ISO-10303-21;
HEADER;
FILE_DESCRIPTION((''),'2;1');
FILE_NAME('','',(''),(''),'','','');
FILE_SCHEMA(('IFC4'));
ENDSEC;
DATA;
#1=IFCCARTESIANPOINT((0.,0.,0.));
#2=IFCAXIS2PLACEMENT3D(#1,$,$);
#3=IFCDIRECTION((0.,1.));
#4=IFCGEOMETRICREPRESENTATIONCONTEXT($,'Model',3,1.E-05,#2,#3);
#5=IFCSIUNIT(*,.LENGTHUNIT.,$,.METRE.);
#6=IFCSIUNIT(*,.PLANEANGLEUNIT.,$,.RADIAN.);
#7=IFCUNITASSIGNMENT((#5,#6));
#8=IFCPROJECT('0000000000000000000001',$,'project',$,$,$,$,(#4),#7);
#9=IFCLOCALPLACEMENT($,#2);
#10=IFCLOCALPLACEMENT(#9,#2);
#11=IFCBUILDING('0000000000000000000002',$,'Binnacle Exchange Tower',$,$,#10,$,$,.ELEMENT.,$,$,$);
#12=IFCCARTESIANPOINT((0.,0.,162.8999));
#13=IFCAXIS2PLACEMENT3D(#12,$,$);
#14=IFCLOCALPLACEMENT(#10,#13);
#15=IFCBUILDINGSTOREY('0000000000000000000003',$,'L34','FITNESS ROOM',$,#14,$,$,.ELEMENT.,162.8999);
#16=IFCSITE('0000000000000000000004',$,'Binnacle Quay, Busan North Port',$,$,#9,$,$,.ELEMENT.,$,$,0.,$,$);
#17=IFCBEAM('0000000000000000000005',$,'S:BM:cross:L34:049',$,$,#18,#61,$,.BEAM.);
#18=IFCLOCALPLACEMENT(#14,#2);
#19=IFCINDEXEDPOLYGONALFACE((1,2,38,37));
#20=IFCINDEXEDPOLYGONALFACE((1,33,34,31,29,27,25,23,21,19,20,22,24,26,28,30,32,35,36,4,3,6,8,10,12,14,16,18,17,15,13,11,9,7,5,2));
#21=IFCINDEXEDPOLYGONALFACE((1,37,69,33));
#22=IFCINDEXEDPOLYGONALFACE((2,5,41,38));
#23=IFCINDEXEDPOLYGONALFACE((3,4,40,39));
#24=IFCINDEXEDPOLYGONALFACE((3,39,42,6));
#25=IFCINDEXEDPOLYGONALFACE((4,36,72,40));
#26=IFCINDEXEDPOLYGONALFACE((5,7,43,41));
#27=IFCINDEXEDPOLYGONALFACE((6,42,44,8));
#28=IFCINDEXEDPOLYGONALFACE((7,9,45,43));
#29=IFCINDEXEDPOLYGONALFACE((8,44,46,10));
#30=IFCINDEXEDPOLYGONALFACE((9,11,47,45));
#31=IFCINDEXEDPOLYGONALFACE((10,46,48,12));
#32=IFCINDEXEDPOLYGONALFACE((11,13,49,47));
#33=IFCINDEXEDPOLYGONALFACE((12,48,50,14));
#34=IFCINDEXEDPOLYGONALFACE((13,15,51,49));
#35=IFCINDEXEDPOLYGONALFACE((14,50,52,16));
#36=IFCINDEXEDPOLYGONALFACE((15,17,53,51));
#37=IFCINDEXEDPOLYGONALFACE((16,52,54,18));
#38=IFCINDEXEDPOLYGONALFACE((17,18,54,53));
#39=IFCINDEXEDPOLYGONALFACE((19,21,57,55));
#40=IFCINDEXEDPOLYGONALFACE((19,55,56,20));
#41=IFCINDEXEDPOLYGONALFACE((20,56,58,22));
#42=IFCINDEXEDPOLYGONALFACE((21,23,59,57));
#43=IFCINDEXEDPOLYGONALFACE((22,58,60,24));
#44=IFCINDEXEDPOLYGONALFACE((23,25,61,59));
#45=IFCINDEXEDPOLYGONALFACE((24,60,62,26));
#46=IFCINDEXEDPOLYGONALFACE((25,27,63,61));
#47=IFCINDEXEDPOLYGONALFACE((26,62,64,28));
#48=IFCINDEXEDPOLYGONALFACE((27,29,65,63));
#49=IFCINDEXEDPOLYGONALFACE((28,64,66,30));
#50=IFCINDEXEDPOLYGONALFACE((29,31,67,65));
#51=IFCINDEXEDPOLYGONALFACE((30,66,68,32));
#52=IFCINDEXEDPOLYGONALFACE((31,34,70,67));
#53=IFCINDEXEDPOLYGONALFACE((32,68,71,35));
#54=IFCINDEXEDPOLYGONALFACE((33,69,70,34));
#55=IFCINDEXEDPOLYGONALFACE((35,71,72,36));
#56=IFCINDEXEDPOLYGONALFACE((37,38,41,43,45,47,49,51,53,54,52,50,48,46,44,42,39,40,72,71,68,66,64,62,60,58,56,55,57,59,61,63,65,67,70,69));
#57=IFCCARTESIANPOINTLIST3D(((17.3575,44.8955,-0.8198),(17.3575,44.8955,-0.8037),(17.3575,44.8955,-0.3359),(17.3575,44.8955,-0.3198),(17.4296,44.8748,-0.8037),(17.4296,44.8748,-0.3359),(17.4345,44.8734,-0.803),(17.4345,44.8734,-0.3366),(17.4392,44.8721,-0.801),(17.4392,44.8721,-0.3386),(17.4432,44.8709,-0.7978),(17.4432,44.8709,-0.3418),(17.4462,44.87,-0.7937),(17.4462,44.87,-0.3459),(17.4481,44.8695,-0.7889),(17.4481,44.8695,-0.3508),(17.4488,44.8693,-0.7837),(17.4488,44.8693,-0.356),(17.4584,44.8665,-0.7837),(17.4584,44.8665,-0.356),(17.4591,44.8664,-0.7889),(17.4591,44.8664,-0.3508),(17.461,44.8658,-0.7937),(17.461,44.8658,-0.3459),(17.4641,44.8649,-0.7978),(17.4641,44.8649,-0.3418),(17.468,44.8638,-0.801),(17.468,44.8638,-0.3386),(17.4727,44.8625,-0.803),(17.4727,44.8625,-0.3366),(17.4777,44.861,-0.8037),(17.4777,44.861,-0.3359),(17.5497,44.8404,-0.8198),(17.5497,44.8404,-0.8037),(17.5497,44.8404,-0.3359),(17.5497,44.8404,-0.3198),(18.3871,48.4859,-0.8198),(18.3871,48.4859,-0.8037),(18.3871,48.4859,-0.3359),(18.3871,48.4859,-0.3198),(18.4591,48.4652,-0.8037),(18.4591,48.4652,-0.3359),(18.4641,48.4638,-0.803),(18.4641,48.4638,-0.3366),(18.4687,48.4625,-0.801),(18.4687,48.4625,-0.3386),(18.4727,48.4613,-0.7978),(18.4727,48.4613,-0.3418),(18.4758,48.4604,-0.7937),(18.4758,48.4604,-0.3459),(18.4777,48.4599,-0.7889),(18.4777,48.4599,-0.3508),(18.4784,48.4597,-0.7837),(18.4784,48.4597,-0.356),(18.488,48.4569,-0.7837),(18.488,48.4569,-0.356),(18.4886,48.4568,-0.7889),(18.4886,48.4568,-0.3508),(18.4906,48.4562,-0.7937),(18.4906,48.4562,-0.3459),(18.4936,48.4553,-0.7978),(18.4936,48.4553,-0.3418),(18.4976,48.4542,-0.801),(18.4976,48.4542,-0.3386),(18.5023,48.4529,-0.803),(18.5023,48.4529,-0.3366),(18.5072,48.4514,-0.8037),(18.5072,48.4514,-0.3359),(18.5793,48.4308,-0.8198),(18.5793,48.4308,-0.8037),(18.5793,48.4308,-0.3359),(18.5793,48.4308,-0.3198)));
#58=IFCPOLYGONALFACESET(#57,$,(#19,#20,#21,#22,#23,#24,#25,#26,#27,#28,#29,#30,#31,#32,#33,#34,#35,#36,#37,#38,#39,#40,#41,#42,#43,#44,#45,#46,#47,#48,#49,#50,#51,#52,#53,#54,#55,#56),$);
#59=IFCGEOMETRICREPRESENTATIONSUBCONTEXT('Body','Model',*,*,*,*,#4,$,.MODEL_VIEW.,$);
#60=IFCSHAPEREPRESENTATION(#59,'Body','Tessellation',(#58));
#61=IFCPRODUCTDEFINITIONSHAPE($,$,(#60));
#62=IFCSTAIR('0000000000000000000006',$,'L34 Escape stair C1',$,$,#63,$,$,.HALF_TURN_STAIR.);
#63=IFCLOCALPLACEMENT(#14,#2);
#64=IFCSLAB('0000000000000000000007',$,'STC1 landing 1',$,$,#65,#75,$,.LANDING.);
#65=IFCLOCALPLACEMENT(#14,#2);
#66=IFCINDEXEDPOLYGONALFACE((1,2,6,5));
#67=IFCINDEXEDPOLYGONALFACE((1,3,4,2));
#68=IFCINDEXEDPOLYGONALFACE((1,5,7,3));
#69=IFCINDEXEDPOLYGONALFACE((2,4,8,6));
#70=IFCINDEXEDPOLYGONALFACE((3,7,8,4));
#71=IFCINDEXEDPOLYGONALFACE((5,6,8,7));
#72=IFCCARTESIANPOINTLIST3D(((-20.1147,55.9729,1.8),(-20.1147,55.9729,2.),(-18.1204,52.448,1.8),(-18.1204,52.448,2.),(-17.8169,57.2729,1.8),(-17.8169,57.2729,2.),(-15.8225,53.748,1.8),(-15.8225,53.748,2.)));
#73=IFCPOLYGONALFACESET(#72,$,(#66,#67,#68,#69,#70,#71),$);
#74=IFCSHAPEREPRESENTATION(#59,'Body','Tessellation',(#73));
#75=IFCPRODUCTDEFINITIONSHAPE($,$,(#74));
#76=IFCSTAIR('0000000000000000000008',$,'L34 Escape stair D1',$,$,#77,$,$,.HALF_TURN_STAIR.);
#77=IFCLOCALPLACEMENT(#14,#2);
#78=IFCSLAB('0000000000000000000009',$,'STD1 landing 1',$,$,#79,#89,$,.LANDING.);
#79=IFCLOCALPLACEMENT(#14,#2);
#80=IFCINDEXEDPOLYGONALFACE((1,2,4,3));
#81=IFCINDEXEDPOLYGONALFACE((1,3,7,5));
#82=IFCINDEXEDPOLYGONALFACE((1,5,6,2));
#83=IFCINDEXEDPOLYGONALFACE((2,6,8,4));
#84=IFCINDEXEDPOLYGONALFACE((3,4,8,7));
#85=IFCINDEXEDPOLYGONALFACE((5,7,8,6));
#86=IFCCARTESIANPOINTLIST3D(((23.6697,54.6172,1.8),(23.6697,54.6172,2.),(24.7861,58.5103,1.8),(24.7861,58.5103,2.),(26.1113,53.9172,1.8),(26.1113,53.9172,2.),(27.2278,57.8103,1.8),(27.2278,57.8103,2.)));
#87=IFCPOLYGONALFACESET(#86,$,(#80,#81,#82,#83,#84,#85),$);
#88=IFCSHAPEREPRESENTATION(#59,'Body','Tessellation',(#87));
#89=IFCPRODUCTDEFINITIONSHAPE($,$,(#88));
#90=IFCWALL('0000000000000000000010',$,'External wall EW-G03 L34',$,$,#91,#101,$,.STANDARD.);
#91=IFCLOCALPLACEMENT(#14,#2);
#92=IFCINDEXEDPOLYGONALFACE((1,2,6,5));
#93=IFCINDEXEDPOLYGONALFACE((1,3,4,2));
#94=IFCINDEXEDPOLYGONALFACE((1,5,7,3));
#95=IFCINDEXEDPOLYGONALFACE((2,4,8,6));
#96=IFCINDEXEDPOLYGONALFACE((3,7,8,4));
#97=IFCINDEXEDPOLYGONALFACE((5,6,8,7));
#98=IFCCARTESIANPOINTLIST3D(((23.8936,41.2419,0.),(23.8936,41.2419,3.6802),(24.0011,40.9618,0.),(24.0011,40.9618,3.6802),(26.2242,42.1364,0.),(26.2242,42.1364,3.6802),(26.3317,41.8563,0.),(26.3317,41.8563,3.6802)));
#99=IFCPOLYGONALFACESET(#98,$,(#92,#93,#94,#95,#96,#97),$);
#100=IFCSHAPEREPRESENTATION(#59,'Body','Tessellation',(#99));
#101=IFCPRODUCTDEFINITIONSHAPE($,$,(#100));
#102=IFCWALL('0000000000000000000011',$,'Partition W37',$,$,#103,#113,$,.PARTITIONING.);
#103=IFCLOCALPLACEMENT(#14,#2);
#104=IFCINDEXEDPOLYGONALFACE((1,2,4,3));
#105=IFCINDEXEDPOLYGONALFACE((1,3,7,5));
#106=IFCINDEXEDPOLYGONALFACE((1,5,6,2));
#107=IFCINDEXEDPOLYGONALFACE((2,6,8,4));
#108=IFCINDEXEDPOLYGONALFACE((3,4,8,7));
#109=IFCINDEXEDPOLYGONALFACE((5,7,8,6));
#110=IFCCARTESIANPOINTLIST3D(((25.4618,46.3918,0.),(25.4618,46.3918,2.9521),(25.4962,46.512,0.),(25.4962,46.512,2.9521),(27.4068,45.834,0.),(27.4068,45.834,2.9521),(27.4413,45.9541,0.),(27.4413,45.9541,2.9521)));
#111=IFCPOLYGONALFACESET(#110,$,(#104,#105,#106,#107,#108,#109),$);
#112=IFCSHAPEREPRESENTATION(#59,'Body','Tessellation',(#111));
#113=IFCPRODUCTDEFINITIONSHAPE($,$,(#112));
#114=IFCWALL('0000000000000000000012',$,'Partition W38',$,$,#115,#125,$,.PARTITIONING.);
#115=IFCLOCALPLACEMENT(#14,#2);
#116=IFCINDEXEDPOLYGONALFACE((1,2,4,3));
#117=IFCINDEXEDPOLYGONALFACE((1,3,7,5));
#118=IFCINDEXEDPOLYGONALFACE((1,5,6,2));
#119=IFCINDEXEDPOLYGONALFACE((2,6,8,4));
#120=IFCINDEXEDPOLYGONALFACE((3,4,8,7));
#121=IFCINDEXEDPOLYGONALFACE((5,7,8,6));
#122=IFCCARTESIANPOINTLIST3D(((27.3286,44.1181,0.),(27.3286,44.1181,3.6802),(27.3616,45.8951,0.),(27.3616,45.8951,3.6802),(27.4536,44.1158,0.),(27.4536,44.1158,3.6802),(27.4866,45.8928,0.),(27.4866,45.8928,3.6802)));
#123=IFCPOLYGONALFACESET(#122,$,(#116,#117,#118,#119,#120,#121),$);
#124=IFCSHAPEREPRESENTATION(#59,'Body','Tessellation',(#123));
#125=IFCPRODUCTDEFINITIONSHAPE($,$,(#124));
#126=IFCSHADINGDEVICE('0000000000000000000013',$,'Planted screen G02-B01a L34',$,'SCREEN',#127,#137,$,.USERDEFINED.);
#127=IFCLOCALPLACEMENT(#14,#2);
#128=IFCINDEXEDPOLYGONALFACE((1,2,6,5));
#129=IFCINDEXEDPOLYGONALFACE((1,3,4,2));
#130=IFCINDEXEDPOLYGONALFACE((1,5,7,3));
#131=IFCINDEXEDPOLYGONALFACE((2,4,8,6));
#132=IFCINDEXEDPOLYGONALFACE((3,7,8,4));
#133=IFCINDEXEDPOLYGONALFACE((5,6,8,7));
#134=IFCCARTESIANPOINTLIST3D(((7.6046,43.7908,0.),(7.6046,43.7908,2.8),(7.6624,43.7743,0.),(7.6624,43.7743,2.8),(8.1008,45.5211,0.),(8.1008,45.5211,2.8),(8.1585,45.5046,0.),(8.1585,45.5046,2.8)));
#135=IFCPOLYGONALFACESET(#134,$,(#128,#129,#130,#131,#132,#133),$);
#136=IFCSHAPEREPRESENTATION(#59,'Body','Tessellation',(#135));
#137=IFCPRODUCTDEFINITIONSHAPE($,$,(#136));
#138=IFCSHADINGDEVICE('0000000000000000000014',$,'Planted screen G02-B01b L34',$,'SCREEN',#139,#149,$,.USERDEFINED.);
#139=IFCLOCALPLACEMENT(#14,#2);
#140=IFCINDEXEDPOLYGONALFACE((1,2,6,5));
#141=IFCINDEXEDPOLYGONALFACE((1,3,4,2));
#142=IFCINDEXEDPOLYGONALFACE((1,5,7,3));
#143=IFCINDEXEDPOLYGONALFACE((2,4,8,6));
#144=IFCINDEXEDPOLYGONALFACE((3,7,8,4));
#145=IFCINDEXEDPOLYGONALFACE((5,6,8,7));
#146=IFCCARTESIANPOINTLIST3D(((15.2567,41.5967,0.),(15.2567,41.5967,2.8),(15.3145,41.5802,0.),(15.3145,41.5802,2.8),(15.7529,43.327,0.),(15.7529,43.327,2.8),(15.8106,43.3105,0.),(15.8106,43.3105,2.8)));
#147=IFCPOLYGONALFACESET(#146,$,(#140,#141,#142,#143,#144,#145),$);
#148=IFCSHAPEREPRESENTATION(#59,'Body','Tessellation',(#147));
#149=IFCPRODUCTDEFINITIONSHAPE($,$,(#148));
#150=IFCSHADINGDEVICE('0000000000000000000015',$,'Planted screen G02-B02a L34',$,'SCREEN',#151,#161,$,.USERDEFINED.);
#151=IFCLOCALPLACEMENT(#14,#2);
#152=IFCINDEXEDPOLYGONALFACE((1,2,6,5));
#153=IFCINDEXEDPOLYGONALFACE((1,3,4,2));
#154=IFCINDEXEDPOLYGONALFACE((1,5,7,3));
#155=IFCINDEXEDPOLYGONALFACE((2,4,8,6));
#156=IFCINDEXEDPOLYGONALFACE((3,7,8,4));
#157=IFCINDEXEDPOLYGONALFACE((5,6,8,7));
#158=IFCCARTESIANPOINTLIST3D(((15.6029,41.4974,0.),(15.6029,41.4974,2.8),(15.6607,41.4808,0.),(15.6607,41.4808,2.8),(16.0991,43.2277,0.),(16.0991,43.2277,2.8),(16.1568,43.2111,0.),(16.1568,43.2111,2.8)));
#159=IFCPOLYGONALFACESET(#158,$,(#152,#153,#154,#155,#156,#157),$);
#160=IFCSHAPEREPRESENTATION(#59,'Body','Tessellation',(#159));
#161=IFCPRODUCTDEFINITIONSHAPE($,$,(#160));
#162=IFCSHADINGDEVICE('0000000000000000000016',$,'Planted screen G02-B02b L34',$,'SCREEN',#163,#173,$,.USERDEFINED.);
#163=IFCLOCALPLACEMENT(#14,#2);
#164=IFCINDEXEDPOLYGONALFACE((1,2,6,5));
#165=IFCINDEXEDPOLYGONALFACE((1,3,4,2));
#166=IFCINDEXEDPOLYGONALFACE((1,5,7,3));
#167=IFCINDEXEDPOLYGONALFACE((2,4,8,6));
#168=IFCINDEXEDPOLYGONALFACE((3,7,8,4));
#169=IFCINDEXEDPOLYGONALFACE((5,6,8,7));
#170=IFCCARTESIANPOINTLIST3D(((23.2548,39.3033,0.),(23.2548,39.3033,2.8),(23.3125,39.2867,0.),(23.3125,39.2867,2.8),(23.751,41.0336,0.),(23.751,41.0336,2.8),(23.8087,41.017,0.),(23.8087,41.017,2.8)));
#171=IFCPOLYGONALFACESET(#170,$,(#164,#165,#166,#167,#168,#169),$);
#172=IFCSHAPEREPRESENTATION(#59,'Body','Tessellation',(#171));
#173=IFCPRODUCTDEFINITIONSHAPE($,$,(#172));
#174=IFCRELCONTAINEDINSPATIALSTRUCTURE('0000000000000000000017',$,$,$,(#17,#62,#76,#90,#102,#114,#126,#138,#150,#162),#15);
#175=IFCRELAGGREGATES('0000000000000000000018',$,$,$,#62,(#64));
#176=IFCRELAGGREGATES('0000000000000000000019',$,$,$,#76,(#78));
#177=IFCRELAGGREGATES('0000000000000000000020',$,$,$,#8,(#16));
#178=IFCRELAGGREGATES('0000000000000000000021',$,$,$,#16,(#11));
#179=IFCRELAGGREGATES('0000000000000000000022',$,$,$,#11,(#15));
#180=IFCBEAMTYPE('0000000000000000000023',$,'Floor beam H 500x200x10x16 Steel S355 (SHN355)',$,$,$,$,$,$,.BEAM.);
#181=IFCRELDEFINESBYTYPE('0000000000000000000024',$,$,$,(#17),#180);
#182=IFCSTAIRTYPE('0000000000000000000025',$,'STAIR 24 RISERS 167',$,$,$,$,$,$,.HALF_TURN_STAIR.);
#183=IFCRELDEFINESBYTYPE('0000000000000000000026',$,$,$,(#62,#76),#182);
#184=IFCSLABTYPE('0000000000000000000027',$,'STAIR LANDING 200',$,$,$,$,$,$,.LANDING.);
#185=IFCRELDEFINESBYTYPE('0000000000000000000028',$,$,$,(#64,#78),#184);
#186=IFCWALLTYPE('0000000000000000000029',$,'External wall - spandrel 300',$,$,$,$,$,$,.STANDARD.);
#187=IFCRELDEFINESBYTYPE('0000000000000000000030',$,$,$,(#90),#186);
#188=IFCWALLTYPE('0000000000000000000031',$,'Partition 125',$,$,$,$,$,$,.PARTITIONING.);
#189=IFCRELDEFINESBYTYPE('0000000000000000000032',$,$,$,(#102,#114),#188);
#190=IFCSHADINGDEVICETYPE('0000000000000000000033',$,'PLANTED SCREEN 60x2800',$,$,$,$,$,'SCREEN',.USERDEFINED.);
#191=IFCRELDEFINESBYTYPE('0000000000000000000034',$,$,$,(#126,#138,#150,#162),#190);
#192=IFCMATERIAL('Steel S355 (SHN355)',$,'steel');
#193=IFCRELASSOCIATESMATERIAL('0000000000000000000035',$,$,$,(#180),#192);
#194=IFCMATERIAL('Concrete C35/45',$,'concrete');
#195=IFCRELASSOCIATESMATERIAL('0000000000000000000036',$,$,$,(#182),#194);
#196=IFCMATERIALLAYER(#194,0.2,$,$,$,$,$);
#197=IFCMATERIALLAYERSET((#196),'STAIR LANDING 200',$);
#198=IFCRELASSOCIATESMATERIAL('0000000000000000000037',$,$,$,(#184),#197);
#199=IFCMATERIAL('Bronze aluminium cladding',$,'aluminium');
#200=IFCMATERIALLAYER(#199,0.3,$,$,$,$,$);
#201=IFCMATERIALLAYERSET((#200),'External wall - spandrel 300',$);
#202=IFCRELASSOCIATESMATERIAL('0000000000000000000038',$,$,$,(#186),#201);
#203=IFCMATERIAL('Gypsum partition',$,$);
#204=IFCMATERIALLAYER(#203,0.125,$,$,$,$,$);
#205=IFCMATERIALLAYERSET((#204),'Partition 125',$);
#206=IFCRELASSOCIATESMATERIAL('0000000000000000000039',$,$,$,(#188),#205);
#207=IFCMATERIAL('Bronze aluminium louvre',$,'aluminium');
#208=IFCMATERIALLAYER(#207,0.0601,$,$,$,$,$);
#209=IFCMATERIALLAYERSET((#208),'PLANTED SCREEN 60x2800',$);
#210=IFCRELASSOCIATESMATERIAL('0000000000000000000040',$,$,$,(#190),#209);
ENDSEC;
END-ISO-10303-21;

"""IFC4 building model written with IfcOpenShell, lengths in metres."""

from ifc_helpers import new_model, si_unit, direction, frame, frame_2d, origin, origin_2d, place, context, subcontext, project, spatial, polyline, rectangle, i_section, outline, extrude, material, layer, layer_set, material_profile, profile_set, type_object, element, aggregate, save


model = new_model("IFC4")

# Units and contexts
model_context = context("Model", 3, precision=1e-05, world=origin(), true_north=direction((0.0, 1.0)))
body_context = subcontext(model_context, "Body", "Model", "MODEL_VIEW")
ifc_project = project(units=[si_unit("LENGTHUNIT", "METRE"), si_unit("PLANEANGLEUNIT", "RADIAN")], contexts=[model_context])

# Site, building, storey
site_placement = place(None, origin())
site = spatial("IfcSite", under=ifc_project, at=site_placement, Name="Binnacle Quay, Busan North Port", CompositionType="ELEMENT", RefElevation=0.0)
building_placement = place(site_placement, origin())
building = spatial("IfcBuilding", under=site, at=building_placement, Name="Binnacle Exchange Tower", CompositionType="ELEMENT")
storey_placement = place(building_placement, frame((0.0, 0.0, 162.8999)))
storey = spatial("IfcBuildingStorey", under=building, at=storey_placement, Name="L34", Description="FITNESS ROOM", CompositionType="ELEMENT", Elevation=162.8999)

# Beam
ifc_material_1 = material(Name="Steel S355 (SHN355)", Category="steel")
ifc_material_profile_1 = material_profile(ifc_material_1, i_section(OverallWidth=0.2, OverallDepth=0.5, WebThickness=0.01, FlangeThickness=0.0161, FilletRadius=0.02, at=origin_2d()), Name="H 500x200x10x16")
ifc_profile_set_1 = profile_set([ifc_material_profile_1], Name="Steel S355 (SHN355)")
beam_type_1 = type_object("IfcBeamType", Name="Floor beam H 500x200x10x16 Steel S355 (SHN355)", PredefinedType="BEAM", material=ifc_profile_set_1)
beam_1_placement = place(storey_placement, frame((17.4536, 44.8679, -0.5698), z_axis=(0.275645, 0.96126, 0.0), x_axis=(-0.96126, 0.275645, 0.0)))
element("IfcBeam", 1, at=beam_1_placement, inside=storey, type_object=beam_type_1, Name="S:BM:cross:L34:049", PredefinedType="BEAM", context=body_context, shape_type="SweptSolid", body=[
    extrude(i_section(OverallWidth=0.2, OverallDepth=0.5, WebThickness=0.01, FlangeThickness=0.0161, FilletRadius=0.02, at=origin_2d()), origin(), (0.0, 0.0, 1.0), 3.7351),
])

# Stairs, slabs
ifc_material_2 = material(Name="Concrete C35/45", Category="concrete")
stair_type = type_object("IfcStairType", Name="STAIR 24 RISERS 167", PredefinedType="HALF_TURN_STAIR", material=ifc_material_2)
stair_1_placement = place(storey_placement, origin())
stair_1 = element("IfcStair", 2, at=stair_1_placement, inside=storey, type_object=stair_type, Name="L34 Escape stair C1", PredefinedType="HALF_TURN_STAIR")
ifc_layer_1 = layer(ifc_material_2, 0.2)
ifc_layer_set_1 = layer_set([ifc_layer_1], Name="STAIR LANDING 200")
slab_type = type_object("IfcSlabType", Name="STAIR LANDING 200", PredefinedType="LANDING", material=ifc_layer_set_1)
slab_1_placement = place(storey_placement, frame((0.0, 0.0, 1.8)))
slab_1 = element("IfcSlab", 3, at=slab_1_placement, type_object=slab_type, Name="STC1 landing 1", PredefinedType="LANDING", context=body_context, shape_type="SweptSolid", body=[
    extrude(outline(polyline([(-18.1204, 52.448), (-15.8225, 53.748), (-17.8169, 57.2729), (-20.1147, 55.9729), (-18.1204, 52.448)])), origin(), (0.0, 0.0, 1.0), 0.2),
])
aggregate(stair_1, [slab_1])
stair_2_placement = place(storey_placement, origin())
stair_2 = element("IfcStair", 4, at=stair_2_placement, inside=storey, type_object=stair_type, Name="L34 Escape stair D1", PredefinedType="HALF_TURN_STAIR")
slab_2_placement = place(storey_placement, frame((0.0, 0.0, 1.8)))
slab_2 = element("IfcSlab", 5, at=slab_2_placement, type_object=slab_type, Name="STD1 landing 1", PredefinedType="LANDING", context=body_context, shape_type="SweptSolid", body=[
    extrude(outline(polyline([(23.6697, 54.6172), (26.1113, 53.9172), (27.2278, 57.8103), (24.7861, 58.5103), (23.6697, 54.6172)])), origin(), (0.0, 0.0, 1.0), 0.2),
])
aggregate(stair_2, [slab_2])

# Shared definitions
ifc_material_3 = material(Name="Bronze aluminium cladding", Category="aluminium")
ifc_layer_2 = layer(ifc_material_3, 0.3)
ifc_layer_set_2 = layer_set([ifc_layer_2], Name="External wall - spandrel 300")
wall_type_1 = type_object("IfcWallType", Name="External wall - spandrel 300", PredefinedType="STANDARD", material=ifc_layer_set_2)

# Walls
wall_1_placement = place(storey_placement, frame((26.2778, 41.9963, 0.0), z_axis=(0.0, 0.0, 1.0), x_axis=(-0.933592, -0.358337, 0.0)))
element("IfcWall", 6, at=wall_1_placement, inside=storey, type_object=wall_type_1, Name="External wall EW-G03 L34", PredefinedType="STANDARD", context=body_context, shape_type="SweptSolid", body=[
    extrude(rectangle(XDim=2.4963, YDim=0.3, at=frame_2d((1.248, 0.0))), origin(), (0.0, 0.0, 1.0), 3.6802),
])
ifc_material_4 = material(Name="Gypsum partition")
ifc_layer_3 = layer(ifc_material_4, 0.125)
ifc_layer_set_3 = layer_set([ifc_layer_3], Name="Partition 125")
wall_type_2 = type_object("IfcWallType", Name="Partition 125", PredefinedType="PARTITIONING", material=ifc_layer_set_3)
wall_2_placement = place(storey_placement, frame((25.479, 46.4519, 0.0), z_axis=(0.0, 0.0, 1.0), x_axis=(0.961246, -0.275693, 0.0)))
element("IfcWall", 7, at=wall_2_placement, inside=storey, type_object=wall_type_2, Name="Partition W37", PredefinedType="PARTITIONING", context=body_context, shape_type="SweptSolid", body=[
    extrude(rectangle(XDim=2.0234, YDim=0.125, at=frame_2d((1.0117, 0.0))), origin(), (0.0, 0.0, 1.0), 2.9521),
])
wall_3_placement = place(storey_placement, frame((27.3911, 44.1169, 0.0), z_axis=(0.0, 0.0, 1.0), x_axis=(0.018543, 0.999828, 0.0)))
element("IfcWall", 8, at=wall_3_placement, inside=storey, type_object=wall_type_2, Name="Partition W38", PredefinedType="PARTITIONING", context=body_context, shape_type="SweptSolid", body=[
    extrude(rectangle(XDim=1.7773, YDim=0.125, at=frame_2d((0.8887, 0.0))), origin(), (0.0, 0.0, 1.0), 3.6802),
])

# Shading devices
ifc_material_5 = material(Name="Bronze aluminium louvre", Category="aluminium")
ifc_layer_4 = layer(ifc_material_5, 0.0601)
ifc_layer_set_4 = layer_set([ifc_layer_4], Name="PLANTED SCREEN 60x2800")
shading_device_type = type_object("IfcShadingDeviceType", Name="PLANTED SCREEN 60x2800", ElementType="SCREEN", PredefinedType="USERDEFINED", material=ifc_layer_set_4)
for number, where, z_axis, x_axis, name in (
    (9, (7.8816, 44.6477, 0.0), (0.0, 0.0, 1.0), (0.961262, -0.275637, 0.0), "Planted screen G02-B01a L34"),
    (10, (15.5337, 42.4536, 0.0), (0.0, 0.0, 1.0), (0.961262, -0.275637, 0.0), "Planted screen G02-B01b L34"),
    (11, (15.8799, 42.3542, 0.0), (0.0, 0.0, 1.0), (0.961262, -0.275637, 0.0), "Planted screen G02-B02a L34"),
    (12, (23.5317, 40.1602, 0.0), (0.0, 0.0, 1.0), (0.961262, -0.275637, 0.0), "Planted screen G02-B02b L34"),
):
    element("IfcShadingDevice", number, at=place(storey_placement, frame(where, z_axis=z_axis, x_axis=x_axis)), inside=storey, type_object=shading_device_type, Name=name, ObjectType="SCREEN", PredefinedType="USERDEFINED", context=body_context, shape_type="SweptSolid", body=[
        extrude(rectangle(XDim=0.0601, YDim=1.8, at=origin_2d()), origin(), (0.0, 0.0, 1.0), 2.8),
    ])

save(model, "model.ifc")
